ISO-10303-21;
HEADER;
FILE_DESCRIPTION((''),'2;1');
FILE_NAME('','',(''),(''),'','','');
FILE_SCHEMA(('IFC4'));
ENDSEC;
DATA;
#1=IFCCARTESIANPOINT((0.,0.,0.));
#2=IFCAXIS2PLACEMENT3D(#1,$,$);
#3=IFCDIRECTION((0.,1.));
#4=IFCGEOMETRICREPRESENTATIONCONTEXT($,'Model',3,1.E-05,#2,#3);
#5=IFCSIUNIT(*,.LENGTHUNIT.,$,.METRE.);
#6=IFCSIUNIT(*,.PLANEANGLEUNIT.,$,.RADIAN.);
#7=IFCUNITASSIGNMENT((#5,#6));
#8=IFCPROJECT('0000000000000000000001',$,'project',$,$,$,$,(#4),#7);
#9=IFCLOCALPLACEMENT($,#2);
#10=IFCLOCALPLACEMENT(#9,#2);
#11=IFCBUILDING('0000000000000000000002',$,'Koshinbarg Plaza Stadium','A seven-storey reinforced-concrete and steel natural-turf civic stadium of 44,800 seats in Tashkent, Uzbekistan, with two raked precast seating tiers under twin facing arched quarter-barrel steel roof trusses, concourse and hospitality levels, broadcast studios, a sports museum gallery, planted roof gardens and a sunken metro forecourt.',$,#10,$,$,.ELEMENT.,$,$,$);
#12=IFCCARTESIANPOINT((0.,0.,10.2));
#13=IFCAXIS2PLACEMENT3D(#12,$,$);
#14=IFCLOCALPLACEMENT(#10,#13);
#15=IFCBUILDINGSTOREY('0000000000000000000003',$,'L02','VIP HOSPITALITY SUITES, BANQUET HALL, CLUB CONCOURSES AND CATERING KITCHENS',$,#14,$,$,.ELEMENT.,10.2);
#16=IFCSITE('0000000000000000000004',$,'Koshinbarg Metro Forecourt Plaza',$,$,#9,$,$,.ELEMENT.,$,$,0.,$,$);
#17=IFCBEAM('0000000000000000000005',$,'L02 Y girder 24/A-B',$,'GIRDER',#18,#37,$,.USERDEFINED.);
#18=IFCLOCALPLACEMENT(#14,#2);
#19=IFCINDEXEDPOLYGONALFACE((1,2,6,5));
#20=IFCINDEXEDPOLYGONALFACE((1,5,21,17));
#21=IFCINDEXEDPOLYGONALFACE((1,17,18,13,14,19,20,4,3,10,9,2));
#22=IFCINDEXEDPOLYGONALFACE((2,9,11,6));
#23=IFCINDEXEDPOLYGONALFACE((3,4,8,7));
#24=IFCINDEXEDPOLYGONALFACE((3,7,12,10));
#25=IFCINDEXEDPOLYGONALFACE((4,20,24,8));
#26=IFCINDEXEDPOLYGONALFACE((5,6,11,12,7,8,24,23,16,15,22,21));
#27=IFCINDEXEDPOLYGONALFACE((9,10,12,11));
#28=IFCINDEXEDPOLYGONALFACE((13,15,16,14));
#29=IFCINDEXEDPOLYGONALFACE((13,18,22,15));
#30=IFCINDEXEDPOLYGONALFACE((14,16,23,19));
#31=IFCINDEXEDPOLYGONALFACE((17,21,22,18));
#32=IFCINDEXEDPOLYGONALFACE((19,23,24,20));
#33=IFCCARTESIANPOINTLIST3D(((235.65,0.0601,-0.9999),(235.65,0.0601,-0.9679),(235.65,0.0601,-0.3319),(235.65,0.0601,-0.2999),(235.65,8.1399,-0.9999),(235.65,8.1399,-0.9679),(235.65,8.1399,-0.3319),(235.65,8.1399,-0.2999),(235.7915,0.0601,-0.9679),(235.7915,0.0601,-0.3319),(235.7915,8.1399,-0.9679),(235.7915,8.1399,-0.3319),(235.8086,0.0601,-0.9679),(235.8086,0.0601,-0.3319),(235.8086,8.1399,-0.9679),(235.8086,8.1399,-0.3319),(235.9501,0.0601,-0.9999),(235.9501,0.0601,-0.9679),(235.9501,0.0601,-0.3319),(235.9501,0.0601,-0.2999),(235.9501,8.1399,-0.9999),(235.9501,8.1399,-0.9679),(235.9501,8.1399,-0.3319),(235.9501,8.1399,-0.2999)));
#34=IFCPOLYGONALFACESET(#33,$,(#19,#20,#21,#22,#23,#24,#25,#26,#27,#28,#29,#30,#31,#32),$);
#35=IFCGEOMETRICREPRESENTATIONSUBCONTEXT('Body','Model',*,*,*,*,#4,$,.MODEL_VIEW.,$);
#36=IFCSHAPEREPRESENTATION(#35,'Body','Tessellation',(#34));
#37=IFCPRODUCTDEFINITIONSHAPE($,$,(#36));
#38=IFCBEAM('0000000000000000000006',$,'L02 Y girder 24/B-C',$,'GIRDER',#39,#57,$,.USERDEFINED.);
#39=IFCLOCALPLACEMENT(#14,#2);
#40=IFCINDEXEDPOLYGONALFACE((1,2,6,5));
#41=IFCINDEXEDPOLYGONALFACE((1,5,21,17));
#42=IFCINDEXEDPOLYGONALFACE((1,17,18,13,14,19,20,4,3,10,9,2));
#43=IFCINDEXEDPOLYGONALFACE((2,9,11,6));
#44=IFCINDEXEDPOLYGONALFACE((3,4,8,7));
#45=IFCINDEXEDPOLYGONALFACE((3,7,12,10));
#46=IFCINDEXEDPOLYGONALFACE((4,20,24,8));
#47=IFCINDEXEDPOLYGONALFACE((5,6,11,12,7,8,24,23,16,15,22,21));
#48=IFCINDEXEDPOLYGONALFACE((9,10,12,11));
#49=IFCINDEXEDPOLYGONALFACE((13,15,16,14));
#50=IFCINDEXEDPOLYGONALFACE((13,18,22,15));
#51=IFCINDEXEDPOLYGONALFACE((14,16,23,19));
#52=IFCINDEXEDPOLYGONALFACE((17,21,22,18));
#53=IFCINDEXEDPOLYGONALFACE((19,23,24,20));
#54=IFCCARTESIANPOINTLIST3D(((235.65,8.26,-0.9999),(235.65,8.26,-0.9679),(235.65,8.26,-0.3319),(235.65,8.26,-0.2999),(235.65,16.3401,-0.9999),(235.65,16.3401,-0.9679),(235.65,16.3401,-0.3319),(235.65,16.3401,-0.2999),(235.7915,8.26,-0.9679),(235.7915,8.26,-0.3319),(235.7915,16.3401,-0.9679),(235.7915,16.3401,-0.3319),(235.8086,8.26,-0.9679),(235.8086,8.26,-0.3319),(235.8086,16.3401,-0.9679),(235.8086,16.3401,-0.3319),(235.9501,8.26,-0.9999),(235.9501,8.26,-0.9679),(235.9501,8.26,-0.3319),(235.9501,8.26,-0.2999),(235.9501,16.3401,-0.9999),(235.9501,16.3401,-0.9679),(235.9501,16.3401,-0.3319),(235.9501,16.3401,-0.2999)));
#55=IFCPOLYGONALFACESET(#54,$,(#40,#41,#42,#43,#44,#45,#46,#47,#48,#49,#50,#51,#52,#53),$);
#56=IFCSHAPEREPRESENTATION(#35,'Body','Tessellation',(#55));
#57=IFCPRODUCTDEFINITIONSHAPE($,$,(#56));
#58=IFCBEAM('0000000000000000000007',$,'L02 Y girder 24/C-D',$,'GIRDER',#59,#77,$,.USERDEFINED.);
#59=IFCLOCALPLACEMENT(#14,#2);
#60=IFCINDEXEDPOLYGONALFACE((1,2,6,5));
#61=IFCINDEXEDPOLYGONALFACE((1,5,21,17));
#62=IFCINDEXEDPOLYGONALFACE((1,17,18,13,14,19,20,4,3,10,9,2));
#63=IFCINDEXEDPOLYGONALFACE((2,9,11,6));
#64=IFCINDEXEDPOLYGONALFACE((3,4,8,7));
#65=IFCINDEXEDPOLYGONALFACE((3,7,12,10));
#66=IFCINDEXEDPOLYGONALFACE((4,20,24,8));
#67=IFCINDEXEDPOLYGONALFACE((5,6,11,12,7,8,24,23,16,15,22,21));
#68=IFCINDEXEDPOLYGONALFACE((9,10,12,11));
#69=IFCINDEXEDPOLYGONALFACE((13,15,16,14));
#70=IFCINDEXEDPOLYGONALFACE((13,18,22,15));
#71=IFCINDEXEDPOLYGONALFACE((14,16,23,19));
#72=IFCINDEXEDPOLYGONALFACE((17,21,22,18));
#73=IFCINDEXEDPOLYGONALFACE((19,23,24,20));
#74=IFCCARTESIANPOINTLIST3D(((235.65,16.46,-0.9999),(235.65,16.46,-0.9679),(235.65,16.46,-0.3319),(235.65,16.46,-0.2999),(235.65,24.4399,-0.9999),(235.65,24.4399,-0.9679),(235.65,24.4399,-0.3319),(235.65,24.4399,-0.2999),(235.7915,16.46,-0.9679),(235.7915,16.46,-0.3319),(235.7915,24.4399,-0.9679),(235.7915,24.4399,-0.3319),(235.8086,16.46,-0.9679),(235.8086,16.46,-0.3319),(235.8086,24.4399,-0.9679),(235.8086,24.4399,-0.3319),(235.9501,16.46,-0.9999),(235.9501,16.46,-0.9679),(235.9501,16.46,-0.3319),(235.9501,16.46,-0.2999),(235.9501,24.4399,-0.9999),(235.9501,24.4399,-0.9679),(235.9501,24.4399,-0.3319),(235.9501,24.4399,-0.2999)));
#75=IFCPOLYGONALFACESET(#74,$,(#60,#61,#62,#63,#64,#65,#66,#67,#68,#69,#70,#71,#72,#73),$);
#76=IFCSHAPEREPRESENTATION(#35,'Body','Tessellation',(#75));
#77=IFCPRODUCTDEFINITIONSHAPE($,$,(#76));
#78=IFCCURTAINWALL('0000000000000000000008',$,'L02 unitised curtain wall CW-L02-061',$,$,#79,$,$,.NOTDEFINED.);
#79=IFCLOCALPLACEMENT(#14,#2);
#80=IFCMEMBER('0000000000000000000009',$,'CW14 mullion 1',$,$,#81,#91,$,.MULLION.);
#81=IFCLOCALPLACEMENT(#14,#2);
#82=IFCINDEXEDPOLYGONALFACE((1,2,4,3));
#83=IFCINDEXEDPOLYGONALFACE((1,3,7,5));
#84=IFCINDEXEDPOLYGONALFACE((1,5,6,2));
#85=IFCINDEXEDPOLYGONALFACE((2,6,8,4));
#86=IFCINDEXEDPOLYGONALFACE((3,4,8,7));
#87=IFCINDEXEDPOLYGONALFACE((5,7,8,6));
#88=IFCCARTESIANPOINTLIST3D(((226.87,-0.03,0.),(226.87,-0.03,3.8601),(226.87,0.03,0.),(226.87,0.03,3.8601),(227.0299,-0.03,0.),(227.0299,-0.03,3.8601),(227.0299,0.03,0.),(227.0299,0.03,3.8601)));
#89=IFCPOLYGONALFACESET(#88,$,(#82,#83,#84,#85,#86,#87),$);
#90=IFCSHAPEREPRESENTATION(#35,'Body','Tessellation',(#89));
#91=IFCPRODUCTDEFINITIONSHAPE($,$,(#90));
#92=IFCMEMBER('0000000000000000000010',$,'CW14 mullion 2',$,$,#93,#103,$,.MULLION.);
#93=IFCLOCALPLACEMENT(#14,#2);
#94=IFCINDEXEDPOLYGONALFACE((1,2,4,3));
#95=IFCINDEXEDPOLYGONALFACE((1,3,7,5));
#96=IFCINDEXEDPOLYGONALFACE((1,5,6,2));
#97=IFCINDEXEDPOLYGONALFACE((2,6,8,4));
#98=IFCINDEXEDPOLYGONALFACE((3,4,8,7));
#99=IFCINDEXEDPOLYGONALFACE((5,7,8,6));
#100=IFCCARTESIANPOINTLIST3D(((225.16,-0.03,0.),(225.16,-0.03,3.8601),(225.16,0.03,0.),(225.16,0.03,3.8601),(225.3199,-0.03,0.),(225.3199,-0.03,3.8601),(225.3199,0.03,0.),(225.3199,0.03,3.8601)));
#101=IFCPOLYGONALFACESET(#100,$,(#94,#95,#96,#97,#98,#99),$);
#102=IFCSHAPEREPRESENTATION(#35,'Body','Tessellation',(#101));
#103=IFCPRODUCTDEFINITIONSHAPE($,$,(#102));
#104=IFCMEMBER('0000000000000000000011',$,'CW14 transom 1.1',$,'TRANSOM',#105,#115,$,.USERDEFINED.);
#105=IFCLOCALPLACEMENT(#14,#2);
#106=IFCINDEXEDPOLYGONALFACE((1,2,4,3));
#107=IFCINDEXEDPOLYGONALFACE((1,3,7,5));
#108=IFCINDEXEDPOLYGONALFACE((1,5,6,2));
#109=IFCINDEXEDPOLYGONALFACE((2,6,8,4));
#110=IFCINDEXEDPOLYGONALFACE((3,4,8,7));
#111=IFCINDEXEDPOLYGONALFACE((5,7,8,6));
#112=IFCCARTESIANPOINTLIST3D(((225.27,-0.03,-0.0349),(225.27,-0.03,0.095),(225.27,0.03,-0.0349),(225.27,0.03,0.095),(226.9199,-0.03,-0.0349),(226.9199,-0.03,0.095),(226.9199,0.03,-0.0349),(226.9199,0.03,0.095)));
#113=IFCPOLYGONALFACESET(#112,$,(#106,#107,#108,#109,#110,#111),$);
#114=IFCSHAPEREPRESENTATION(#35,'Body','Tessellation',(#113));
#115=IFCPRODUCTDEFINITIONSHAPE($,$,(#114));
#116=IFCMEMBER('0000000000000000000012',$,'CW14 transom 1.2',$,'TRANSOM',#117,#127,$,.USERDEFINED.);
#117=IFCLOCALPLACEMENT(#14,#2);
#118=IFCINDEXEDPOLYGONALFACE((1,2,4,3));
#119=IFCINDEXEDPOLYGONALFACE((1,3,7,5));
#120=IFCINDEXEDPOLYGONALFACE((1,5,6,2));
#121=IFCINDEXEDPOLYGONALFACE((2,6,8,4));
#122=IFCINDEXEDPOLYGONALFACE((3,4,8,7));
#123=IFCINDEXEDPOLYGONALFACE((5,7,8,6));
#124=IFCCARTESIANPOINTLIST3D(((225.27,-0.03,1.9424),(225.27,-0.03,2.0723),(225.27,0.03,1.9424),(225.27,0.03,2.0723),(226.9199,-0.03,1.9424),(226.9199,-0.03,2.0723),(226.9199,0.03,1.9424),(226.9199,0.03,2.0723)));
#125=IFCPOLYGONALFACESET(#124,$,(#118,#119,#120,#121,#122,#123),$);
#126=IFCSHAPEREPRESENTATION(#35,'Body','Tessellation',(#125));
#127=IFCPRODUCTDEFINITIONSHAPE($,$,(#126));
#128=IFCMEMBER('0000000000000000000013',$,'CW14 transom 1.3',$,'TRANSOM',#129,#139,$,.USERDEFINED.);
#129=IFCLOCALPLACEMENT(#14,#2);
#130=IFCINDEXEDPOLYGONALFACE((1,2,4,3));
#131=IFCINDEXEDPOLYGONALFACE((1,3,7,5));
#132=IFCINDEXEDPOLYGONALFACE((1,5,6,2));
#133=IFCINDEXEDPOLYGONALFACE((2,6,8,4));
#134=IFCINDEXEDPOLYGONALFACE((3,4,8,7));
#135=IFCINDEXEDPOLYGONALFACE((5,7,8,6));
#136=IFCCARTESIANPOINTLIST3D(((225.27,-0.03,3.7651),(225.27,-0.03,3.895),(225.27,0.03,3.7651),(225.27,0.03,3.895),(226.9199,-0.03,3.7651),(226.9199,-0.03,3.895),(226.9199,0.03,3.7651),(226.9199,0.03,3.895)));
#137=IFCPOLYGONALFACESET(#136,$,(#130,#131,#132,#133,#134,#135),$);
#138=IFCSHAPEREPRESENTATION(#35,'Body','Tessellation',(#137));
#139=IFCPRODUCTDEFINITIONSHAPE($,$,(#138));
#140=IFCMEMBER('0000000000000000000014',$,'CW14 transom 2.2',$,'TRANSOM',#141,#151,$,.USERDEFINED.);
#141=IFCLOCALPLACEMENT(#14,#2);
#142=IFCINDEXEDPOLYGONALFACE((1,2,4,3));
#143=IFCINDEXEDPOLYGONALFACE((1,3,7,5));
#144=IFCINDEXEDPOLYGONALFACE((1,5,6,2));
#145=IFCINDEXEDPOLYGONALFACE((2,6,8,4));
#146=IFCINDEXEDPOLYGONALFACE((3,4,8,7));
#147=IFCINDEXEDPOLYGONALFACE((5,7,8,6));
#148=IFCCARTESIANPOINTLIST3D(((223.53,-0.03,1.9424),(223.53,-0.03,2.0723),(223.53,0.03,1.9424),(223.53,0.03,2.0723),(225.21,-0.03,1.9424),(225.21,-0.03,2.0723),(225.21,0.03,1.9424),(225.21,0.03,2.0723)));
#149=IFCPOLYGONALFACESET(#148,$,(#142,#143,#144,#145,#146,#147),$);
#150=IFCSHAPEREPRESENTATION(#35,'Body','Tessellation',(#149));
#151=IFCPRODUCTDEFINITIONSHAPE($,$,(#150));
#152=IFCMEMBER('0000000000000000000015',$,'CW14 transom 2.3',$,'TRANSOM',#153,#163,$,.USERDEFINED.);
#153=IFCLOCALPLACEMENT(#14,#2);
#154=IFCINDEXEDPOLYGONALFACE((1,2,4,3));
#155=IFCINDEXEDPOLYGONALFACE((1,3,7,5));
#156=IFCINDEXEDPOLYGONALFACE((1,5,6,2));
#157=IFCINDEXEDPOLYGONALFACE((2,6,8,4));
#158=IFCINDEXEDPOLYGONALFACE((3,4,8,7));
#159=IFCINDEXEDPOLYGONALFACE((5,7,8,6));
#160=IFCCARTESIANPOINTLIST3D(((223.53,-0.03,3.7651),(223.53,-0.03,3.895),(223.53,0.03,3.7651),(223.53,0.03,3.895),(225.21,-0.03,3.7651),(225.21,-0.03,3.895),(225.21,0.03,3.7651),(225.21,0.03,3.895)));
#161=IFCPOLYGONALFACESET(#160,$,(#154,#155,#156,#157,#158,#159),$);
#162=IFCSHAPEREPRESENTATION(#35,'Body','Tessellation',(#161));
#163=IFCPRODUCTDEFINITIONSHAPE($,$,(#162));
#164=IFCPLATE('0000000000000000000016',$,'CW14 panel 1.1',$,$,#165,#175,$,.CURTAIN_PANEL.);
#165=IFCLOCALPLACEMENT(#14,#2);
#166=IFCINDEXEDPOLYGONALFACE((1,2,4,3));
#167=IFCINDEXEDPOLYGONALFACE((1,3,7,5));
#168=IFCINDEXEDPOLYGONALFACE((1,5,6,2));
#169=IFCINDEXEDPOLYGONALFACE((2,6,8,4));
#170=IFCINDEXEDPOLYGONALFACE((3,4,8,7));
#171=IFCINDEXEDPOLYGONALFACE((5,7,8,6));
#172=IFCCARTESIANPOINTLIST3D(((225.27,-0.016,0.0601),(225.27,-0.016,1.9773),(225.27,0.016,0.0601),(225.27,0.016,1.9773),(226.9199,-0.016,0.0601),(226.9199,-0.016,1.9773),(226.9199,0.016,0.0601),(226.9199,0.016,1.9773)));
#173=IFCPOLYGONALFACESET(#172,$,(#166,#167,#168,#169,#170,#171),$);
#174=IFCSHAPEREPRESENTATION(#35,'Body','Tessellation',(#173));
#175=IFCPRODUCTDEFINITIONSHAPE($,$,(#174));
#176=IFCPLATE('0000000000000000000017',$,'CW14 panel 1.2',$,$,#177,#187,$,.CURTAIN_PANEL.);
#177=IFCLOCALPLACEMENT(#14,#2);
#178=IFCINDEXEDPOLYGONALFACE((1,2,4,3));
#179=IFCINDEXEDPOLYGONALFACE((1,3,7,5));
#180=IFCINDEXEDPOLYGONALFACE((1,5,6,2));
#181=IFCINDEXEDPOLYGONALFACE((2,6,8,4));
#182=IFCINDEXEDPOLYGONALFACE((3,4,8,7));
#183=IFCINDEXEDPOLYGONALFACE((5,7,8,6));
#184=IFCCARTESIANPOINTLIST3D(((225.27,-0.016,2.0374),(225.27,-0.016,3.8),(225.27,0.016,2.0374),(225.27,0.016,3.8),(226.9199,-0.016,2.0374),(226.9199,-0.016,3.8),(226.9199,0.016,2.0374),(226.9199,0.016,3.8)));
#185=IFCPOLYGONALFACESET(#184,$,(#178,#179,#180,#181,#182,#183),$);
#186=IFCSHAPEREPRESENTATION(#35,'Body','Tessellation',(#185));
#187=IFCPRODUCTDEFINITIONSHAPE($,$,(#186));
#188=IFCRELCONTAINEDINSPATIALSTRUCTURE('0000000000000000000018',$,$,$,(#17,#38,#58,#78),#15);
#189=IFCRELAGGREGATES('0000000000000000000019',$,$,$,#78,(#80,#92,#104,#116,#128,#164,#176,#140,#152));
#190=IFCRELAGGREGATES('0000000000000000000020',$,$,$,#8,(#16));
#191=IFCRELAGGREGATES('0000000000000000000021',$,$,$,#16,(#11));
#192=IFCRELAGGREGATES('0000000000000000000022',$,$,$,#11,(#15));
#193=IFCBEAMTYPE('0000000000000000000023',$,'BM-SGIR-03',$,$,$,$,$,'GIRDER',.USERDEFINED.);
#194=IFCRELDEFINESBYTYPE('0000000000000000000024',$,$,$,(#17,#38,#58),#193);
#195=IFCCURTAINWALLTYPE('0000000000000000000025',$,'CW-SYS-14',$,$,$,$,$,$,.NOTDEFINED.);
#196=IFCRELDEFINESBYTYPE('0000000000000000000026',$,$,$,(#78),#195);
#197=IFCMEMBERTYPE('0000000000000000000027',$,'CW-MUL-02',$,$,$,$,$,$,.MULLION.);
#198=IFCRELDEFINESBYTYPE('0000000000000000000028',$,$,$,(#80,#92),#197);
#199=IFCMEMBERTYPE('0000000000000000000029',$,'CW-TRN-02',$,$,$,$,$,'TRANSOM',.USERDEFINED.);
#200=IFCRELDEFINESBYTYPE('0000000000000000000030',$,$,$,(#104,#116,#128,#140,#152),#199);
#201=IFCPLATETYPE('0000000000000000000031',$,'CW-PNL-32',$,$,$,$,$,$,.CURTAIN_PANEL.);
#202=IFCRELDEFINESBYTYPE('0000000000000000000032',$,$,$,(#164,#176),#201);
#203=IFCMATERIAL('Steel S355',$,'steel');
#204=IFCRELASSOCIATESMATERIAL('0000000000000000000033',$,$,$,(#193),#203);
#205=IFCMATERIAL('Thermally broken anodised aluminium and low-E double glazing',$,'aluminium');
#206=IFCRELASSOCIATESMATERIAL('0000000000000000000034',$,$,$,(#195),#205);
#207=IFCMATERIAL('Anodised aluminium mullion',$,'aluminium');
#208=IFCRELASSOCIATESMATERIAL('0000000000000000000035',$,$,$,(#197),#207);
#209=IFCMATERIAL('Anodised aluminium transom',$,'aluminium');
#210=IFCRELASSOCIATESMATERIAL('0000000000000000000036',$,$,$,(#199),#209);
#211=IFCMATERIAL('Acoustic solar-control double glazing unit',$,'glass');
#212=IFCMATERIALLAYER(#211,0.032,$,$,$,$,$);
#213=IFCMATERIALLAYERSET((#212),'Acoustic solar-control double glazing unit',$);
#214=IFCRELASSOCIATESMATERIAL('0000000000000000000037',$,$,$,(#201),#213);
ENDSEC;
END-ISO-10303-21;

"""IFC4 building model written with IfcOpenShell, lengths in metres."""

from ifc_helpers import new_model, si_unit, direction, frame, origin, origin_2d, place, context, subcontext, project, spatial, rectangle, i_section, extrude, material, layer, layer_set, material_profile, profile_set, type_object, element, aggregate, save


model = new_model("IFC4")

# Units and contexts
model_context = context("Model", 3, precision=1e-05, world=origin(), true_north=direction((0.0, 1.0)))
body_context = subcontext(model_context, "Body", "Model", "MODEL_VIEW")
ifc_project = project(units=[si_unit("LENGTHUNIT", "METRE"), si_unit("PLANEANGLEUNIT", "RADIAN")], contexts=[model_context])

# Site, building, storey
site_placement = place(None, origin())
site = spatial("IfcSite", under=ifc_project, at=site_placement, Name="Koshinbarg Metro Forecourt Plaza", CompositionType="ELEMENT", RefElevation=0.0)
building_placement = place(site_placement, origin())
building = spatial("IfcBuilding", under=site, at=building_placement, Name="Koshinbarg Plaza Stadium", Description="A seven-storey reinforced-concrete and steel natural-turf civic stadium of 44,800 seats in Tashkent, Uzbekistan, with two raked precast seating tiers under twin facing arched quarter-barrel steel roof trusses, concourse and hospitality levels, broadcast studios, a sports museum gallery, planted roof gardens and a sunken metro forecourt.", CompositionType="ELEMENT")
storey_placement = place(building_placement, frame((0.0, 0.0, 10.2)))
storey = spatial("IfcBuildingStorey", under=building, at=storey_placement, Name="L02", Description="VIP HOSPITALITY SUITES, BANQUET HALL, CLUB CONCOURSES AND CATERING KITCHENS", CompositionType="ELEMENT", Elevation=10.2)

# Beams
ifc_material_1 = material(Name="Steel S355", Category="steel")
ifc_material_profile_1 = material_profile(ifc_material_1, i_section(OverallWidth=0.3, OverallDepth=0.7, WebThickness=0.0171, FlangeThickness=0.032, at=origin_2d()), Name="HEB 700")
ifc_profile_set_1 = profile_set([ifc_material_profile_1], Name="Steel S355")
beam_type_1 = type_object("IfcBeamType", Name="BM-SGIR-03", ElementType="GIRDER", PredefinedType="USERDEFINED", material=ifc_profile_set_1)
beam_1_placement = place(storey_placement, frame((235.8, 0.0601, -0.6499), z_axis=(0.0, 1.0, 0.0), x_axis=(-1.0, 0.0, 0.0)))
element("IfcBeam", 1, at=beam_1_placement, inside=storey, type_object=beam_type_1, Name="L02 Y girder 24/A-B", ObjectType="GIRDER", PredefinedType="USERDEFINED", context=body_context, shape_type="SweptSolid", body=[
    extrude(i_section(OverallWidth=0.3, OverallDepth=0.7, WebThickness=0.0171, FlangeThickness=0.032, at=origin_2d()), origin(), (0.0, 0.0, 1.0), 8.0798),
])
beam_2_placement = place(storey_placement, frame((235.8, 8.26, -0.6499), z_axis=(0.0, 1.0, 0.0), x_axis=(-1.0, 0.0, 0.0)))
element("IfcBeam", 2, at=beam_2_placement, inside=storey, type_object=beam_type_1, Name="L02 Y girder 24/B-C", ObjectType="GIRDER", PredefinedType="USERDEFINED", context=body_context, shape_type="SweptSolid", body=[
    extrude(i_section(OverallWidth=0.3, OverallDepth=0.7, WebThickness=0.0171, FlangeThickness=0.032, at=origin_2d()), origin(), (0.0, 0.0, 1.0), 8.0801),
])
beam_3_placement = place(storey_placement, frame((235.8, 16.46, -0.6499), z_axis=(0.0, 1.0, 0.0), x_axis=(-1.0, 0.0, 0.0)))
element("IfcBeam", 3, at=beam_3_placement, inside=storey, type_object=beam_type_1, Name="L02 Y girder 24/C-D", ObjectType="GIRDER", PredefinedType="USERDEFINED", context=body_context, shape_type="SweptSolid", body=[
    extrude(i_section(OverallWidth=0.3, OverallDepth=0.7, WebThickness=0.0171, FlangeThickness=0.032, at=origin_2d()), origin(), (0.0, 0.0, 1.0), 7.98),
])

# Curtain wall, members, plates
ifc_material_2 = material(Name="Thermally broken anodised aluminium and low-E double glazing", Category="aluminium")
curtain_wall_type = type_object("IfcCurtainWallType", Name="CW-SYS-14", PredefinedType="NOTDEFINED", material=ifc_material_2)
curtain_wall_placement = place(storey_placement, origin())
curtain_wall = element("IfcCurtainWall", 4, at=curtain_wall_placement, inside=storey, type_object=curtain_wall_type, Name="L02 unitised curtain wall CW-L02-061", PredefinedType="NOTDEFINED")
ifc_material_3 = material(Name="Anodised aluminium mullion", Category="aluminium")
ifc_material_profile_2 = material_profile(ifc_material_3, rectangle(XDim=0.0601, YDim=0.1599, at=origin_2d()), Name="ALU 60x160")
ifc_profile_set_2 = profile_set([ifc_material_profile_2], Name="Anodised aluminium mullion")
member_type_1 = type_object("IfcMemberType", Name="CW-MUL-02", PredefinedType="MULLION", material=ifc_profile_set_2)
member_1_placement = place(storey_placement, frame((226.95, 0.0, 0.0), z_axis=(0.0, 0.0, 1.0), x_axis=(0.0, -1.0, 0.0)))
member_1 = element("IfcMember", 5, at=member_1_placement, type_object=member_type_1, Name="CW14 mullion 1", PredefinedType="MULLION", context=body_context, shape_type="SweptSolid", body=[
    extrude(rectangle(XDim=0.0601, YDim=0.1599, at=origin_2d()), origin(), (0.0, 0.0, 1.0), 3.8601),
])
member_2_placement = place(storey_placement, frame((225.24, 0.0, 0.0), z_axis=(0.0, 0.0, 1.0), x_axis=(0.0, -1.0, 0.0)))
member_2 = element("IfcMember", 6, at=member_2_placement, type_object=member_type_1, Name="CW14 mullion 2", PredefinedType="MULLION", context=body_context, shape_type="SweptSolid", body=[
    extrude(rectangle(XDim=0.0601, YDim=0.1599, at=origin_2d()), origin(), (0.0, 0.0, 1.0), 3.8601),
])
ifc_material_4 = material(Name="Anodised aluminium transom", Category="aluminium")
ifc_material_profile_3 = material_profile(ifc_material_4, rectangle(XDim=0.0601, YDim=0.1299, at=origin_2d()), Name="ALU 60x130")
ifc_profile_set_3 = profile_set([ifc_material_profile_3], Name="Anodised aluminium transom")
member_type_2 = type_object("IfcMemberType", Name="CW-TRN-02", ElementType="TRANSOM", PredefinedType="USERDEFINED", material=ifc_profile_set_3)
member_3_placement = place(storey_placement, frame((226.9199, 0.0, 0.03), z_axis=(-1.0, 0.0, 0.0), x_axis=(0.0, -1.0, 0.0)))
member_3 = element("IfcMember", 7, at=member_3_placement, type_object=member_type_2, Name="CW14 transom 1.1", ObjectType="TRANSOM", PredefinedType="USERDEFINED", context=body_context, shape_type="SweptSolid", body=[
    extrude(rectangle(XDim=0.0601, YDim=0.1299, at=origin_2d()), origin(), (0.0, 0.0, 1.0), 1.6499),
])
member_4_placement = place(storey_placement, frame((226.9199, 0.0, 2.0073), z_axis=(-1.0, 0.0, 0.0), x_axis=(0.0, -1.0, 0.0)))
member_4 = element("IfcMember", 8, at=member_4_placement, type_object=member_type_2, Name="CW14 transom 1.2", ObjectType="TRANSOM", PredefinedType="USERDEFINED", context=body_context, shape_type="SweptSolid", body=[
    extrude(rectangle(XDim=0.0601, YDim=0.1299, at=origin_2d()), origin(), (0.0, 0.0, 1.0), 1.6499),
])
member_5_placement = place(storey_placement, frame((226.9199, 0.0, 3.8301), z_axis=(-1.0, 0.0, 0.0), x_axis=(0.0, -1.0, 0.0)))
member_5 = element("IfcMember", 9, at=member_5_placement, type_object=member_type_2, Name="CW14 transom 1.3", ObjectType="TRANSOM", PredefinedType="USERDEFINED", context=body_context, shape_type="SweptSolid", body=[
    extrude(rectangle(XDim=0.0601, YDim=0.1299, at=origin_2d()), origin(), (0.0, 0.0, 1.0), 1.6499),
])
member_6_placement = place(storey_placement, frame((225.21, 0.0, 2.0073), z_axis=(-1.0, 0.0, 0.0), x_axis=(0.0, -1.0, 0.0)))
member_6 = element("IfcMember", 10, at=member_6_placement, type_object=member_type_2, Name="CW14 transom 2.2", ObjectType="TRANSOM", PredefinedType="USERDEFINED", context=body_context, shape_type="SweptSolid", body=[
    extrude(rectangle(XDim=0.0601, YDim=0.1299, at=origin_2d()), origin(), (0.0, 0.0, 1.0), 1.6799),
])
member_7_placement = place(storey_placement, frame((225.21, 0.0, 3.8301), z_axis=(-1.0, 0.0, 0.0), x_axis=(0.0, -1.0, 0.0)))
member_7 = element("IfcMember", 11, at=member_7_placement, type_object=member_type_2, Name="CW14 transom 2.3", ObjectType="TRANSOM", PredefinedType="USERDEFINED", context=body_context, shape_type="SweptSolid", body=[
    extrude(rectangle(XDim=0.0601, YDim=0.1299, at=origin_2d()), origin(), (0.0, 0.0, 1.0), 1.6799),
])
ifc_material_5 = material(Name="Acoustic solar-control double glazing unit", Category="glass")
ifc_layer_1 = layer(ifc_material_5, 0.032)
ifc_layer_set_1 = layer_set([ifc_layer_1], Name="Acoustic solar-control double glazing unit")
plate_type = type_object("IfcPlateType", Name="CW-PNL-32", PredefinedType="CURTAIN_PANEL", material=ifc_layer_set_1)
plate_1_placement = place(storey_placement, frame((226.095, 0.0, 0.0601), z_axis=(0.0, 0.0, 1.0), x_axis=(-1.0, 0.0, 0.0)))
plate_1 = element("IfcPlate", 12, at=plate_1_placement, type_object=plate_type, Name="CW14 panel 1.1", PredefinedType="CURTAIN_PANEL", context=body_context, shape_type="SweptSolid", body=[
    extrude(rectangle(XDim=1.6499, YDim=0.032, at=origin_2d()), origin(), (0.0, 0.0, 1.0), 1.9172),
])
plate_2_placement = place(storey_placement, frame((226.095, 0.0, 2.0374), z_axis=(0.0, 0.0, 1.0), x_axis=(-1.0, 0.0, 0.0)))
plate_2 = element("IfcPlate", 13, at=plate_2_placement, type_object=plate_type, Name="CW14 panel 1.2", PredefinedType="CURTAIN_PANEL", context=body_context, shape_type="SweptSolid", body=[
    extrude(rectangle(XDim=1.6499, YDim=0.032, at=origin_2d()), origin(), (0.0, 0.0, 1.0), 1.7627),
])
aggregate(curtain_wall, [member_1, member_2, member_3, member_4, member_5, plate_1, plate_2, member_6, member_7])

save(model, "model.ifc")
